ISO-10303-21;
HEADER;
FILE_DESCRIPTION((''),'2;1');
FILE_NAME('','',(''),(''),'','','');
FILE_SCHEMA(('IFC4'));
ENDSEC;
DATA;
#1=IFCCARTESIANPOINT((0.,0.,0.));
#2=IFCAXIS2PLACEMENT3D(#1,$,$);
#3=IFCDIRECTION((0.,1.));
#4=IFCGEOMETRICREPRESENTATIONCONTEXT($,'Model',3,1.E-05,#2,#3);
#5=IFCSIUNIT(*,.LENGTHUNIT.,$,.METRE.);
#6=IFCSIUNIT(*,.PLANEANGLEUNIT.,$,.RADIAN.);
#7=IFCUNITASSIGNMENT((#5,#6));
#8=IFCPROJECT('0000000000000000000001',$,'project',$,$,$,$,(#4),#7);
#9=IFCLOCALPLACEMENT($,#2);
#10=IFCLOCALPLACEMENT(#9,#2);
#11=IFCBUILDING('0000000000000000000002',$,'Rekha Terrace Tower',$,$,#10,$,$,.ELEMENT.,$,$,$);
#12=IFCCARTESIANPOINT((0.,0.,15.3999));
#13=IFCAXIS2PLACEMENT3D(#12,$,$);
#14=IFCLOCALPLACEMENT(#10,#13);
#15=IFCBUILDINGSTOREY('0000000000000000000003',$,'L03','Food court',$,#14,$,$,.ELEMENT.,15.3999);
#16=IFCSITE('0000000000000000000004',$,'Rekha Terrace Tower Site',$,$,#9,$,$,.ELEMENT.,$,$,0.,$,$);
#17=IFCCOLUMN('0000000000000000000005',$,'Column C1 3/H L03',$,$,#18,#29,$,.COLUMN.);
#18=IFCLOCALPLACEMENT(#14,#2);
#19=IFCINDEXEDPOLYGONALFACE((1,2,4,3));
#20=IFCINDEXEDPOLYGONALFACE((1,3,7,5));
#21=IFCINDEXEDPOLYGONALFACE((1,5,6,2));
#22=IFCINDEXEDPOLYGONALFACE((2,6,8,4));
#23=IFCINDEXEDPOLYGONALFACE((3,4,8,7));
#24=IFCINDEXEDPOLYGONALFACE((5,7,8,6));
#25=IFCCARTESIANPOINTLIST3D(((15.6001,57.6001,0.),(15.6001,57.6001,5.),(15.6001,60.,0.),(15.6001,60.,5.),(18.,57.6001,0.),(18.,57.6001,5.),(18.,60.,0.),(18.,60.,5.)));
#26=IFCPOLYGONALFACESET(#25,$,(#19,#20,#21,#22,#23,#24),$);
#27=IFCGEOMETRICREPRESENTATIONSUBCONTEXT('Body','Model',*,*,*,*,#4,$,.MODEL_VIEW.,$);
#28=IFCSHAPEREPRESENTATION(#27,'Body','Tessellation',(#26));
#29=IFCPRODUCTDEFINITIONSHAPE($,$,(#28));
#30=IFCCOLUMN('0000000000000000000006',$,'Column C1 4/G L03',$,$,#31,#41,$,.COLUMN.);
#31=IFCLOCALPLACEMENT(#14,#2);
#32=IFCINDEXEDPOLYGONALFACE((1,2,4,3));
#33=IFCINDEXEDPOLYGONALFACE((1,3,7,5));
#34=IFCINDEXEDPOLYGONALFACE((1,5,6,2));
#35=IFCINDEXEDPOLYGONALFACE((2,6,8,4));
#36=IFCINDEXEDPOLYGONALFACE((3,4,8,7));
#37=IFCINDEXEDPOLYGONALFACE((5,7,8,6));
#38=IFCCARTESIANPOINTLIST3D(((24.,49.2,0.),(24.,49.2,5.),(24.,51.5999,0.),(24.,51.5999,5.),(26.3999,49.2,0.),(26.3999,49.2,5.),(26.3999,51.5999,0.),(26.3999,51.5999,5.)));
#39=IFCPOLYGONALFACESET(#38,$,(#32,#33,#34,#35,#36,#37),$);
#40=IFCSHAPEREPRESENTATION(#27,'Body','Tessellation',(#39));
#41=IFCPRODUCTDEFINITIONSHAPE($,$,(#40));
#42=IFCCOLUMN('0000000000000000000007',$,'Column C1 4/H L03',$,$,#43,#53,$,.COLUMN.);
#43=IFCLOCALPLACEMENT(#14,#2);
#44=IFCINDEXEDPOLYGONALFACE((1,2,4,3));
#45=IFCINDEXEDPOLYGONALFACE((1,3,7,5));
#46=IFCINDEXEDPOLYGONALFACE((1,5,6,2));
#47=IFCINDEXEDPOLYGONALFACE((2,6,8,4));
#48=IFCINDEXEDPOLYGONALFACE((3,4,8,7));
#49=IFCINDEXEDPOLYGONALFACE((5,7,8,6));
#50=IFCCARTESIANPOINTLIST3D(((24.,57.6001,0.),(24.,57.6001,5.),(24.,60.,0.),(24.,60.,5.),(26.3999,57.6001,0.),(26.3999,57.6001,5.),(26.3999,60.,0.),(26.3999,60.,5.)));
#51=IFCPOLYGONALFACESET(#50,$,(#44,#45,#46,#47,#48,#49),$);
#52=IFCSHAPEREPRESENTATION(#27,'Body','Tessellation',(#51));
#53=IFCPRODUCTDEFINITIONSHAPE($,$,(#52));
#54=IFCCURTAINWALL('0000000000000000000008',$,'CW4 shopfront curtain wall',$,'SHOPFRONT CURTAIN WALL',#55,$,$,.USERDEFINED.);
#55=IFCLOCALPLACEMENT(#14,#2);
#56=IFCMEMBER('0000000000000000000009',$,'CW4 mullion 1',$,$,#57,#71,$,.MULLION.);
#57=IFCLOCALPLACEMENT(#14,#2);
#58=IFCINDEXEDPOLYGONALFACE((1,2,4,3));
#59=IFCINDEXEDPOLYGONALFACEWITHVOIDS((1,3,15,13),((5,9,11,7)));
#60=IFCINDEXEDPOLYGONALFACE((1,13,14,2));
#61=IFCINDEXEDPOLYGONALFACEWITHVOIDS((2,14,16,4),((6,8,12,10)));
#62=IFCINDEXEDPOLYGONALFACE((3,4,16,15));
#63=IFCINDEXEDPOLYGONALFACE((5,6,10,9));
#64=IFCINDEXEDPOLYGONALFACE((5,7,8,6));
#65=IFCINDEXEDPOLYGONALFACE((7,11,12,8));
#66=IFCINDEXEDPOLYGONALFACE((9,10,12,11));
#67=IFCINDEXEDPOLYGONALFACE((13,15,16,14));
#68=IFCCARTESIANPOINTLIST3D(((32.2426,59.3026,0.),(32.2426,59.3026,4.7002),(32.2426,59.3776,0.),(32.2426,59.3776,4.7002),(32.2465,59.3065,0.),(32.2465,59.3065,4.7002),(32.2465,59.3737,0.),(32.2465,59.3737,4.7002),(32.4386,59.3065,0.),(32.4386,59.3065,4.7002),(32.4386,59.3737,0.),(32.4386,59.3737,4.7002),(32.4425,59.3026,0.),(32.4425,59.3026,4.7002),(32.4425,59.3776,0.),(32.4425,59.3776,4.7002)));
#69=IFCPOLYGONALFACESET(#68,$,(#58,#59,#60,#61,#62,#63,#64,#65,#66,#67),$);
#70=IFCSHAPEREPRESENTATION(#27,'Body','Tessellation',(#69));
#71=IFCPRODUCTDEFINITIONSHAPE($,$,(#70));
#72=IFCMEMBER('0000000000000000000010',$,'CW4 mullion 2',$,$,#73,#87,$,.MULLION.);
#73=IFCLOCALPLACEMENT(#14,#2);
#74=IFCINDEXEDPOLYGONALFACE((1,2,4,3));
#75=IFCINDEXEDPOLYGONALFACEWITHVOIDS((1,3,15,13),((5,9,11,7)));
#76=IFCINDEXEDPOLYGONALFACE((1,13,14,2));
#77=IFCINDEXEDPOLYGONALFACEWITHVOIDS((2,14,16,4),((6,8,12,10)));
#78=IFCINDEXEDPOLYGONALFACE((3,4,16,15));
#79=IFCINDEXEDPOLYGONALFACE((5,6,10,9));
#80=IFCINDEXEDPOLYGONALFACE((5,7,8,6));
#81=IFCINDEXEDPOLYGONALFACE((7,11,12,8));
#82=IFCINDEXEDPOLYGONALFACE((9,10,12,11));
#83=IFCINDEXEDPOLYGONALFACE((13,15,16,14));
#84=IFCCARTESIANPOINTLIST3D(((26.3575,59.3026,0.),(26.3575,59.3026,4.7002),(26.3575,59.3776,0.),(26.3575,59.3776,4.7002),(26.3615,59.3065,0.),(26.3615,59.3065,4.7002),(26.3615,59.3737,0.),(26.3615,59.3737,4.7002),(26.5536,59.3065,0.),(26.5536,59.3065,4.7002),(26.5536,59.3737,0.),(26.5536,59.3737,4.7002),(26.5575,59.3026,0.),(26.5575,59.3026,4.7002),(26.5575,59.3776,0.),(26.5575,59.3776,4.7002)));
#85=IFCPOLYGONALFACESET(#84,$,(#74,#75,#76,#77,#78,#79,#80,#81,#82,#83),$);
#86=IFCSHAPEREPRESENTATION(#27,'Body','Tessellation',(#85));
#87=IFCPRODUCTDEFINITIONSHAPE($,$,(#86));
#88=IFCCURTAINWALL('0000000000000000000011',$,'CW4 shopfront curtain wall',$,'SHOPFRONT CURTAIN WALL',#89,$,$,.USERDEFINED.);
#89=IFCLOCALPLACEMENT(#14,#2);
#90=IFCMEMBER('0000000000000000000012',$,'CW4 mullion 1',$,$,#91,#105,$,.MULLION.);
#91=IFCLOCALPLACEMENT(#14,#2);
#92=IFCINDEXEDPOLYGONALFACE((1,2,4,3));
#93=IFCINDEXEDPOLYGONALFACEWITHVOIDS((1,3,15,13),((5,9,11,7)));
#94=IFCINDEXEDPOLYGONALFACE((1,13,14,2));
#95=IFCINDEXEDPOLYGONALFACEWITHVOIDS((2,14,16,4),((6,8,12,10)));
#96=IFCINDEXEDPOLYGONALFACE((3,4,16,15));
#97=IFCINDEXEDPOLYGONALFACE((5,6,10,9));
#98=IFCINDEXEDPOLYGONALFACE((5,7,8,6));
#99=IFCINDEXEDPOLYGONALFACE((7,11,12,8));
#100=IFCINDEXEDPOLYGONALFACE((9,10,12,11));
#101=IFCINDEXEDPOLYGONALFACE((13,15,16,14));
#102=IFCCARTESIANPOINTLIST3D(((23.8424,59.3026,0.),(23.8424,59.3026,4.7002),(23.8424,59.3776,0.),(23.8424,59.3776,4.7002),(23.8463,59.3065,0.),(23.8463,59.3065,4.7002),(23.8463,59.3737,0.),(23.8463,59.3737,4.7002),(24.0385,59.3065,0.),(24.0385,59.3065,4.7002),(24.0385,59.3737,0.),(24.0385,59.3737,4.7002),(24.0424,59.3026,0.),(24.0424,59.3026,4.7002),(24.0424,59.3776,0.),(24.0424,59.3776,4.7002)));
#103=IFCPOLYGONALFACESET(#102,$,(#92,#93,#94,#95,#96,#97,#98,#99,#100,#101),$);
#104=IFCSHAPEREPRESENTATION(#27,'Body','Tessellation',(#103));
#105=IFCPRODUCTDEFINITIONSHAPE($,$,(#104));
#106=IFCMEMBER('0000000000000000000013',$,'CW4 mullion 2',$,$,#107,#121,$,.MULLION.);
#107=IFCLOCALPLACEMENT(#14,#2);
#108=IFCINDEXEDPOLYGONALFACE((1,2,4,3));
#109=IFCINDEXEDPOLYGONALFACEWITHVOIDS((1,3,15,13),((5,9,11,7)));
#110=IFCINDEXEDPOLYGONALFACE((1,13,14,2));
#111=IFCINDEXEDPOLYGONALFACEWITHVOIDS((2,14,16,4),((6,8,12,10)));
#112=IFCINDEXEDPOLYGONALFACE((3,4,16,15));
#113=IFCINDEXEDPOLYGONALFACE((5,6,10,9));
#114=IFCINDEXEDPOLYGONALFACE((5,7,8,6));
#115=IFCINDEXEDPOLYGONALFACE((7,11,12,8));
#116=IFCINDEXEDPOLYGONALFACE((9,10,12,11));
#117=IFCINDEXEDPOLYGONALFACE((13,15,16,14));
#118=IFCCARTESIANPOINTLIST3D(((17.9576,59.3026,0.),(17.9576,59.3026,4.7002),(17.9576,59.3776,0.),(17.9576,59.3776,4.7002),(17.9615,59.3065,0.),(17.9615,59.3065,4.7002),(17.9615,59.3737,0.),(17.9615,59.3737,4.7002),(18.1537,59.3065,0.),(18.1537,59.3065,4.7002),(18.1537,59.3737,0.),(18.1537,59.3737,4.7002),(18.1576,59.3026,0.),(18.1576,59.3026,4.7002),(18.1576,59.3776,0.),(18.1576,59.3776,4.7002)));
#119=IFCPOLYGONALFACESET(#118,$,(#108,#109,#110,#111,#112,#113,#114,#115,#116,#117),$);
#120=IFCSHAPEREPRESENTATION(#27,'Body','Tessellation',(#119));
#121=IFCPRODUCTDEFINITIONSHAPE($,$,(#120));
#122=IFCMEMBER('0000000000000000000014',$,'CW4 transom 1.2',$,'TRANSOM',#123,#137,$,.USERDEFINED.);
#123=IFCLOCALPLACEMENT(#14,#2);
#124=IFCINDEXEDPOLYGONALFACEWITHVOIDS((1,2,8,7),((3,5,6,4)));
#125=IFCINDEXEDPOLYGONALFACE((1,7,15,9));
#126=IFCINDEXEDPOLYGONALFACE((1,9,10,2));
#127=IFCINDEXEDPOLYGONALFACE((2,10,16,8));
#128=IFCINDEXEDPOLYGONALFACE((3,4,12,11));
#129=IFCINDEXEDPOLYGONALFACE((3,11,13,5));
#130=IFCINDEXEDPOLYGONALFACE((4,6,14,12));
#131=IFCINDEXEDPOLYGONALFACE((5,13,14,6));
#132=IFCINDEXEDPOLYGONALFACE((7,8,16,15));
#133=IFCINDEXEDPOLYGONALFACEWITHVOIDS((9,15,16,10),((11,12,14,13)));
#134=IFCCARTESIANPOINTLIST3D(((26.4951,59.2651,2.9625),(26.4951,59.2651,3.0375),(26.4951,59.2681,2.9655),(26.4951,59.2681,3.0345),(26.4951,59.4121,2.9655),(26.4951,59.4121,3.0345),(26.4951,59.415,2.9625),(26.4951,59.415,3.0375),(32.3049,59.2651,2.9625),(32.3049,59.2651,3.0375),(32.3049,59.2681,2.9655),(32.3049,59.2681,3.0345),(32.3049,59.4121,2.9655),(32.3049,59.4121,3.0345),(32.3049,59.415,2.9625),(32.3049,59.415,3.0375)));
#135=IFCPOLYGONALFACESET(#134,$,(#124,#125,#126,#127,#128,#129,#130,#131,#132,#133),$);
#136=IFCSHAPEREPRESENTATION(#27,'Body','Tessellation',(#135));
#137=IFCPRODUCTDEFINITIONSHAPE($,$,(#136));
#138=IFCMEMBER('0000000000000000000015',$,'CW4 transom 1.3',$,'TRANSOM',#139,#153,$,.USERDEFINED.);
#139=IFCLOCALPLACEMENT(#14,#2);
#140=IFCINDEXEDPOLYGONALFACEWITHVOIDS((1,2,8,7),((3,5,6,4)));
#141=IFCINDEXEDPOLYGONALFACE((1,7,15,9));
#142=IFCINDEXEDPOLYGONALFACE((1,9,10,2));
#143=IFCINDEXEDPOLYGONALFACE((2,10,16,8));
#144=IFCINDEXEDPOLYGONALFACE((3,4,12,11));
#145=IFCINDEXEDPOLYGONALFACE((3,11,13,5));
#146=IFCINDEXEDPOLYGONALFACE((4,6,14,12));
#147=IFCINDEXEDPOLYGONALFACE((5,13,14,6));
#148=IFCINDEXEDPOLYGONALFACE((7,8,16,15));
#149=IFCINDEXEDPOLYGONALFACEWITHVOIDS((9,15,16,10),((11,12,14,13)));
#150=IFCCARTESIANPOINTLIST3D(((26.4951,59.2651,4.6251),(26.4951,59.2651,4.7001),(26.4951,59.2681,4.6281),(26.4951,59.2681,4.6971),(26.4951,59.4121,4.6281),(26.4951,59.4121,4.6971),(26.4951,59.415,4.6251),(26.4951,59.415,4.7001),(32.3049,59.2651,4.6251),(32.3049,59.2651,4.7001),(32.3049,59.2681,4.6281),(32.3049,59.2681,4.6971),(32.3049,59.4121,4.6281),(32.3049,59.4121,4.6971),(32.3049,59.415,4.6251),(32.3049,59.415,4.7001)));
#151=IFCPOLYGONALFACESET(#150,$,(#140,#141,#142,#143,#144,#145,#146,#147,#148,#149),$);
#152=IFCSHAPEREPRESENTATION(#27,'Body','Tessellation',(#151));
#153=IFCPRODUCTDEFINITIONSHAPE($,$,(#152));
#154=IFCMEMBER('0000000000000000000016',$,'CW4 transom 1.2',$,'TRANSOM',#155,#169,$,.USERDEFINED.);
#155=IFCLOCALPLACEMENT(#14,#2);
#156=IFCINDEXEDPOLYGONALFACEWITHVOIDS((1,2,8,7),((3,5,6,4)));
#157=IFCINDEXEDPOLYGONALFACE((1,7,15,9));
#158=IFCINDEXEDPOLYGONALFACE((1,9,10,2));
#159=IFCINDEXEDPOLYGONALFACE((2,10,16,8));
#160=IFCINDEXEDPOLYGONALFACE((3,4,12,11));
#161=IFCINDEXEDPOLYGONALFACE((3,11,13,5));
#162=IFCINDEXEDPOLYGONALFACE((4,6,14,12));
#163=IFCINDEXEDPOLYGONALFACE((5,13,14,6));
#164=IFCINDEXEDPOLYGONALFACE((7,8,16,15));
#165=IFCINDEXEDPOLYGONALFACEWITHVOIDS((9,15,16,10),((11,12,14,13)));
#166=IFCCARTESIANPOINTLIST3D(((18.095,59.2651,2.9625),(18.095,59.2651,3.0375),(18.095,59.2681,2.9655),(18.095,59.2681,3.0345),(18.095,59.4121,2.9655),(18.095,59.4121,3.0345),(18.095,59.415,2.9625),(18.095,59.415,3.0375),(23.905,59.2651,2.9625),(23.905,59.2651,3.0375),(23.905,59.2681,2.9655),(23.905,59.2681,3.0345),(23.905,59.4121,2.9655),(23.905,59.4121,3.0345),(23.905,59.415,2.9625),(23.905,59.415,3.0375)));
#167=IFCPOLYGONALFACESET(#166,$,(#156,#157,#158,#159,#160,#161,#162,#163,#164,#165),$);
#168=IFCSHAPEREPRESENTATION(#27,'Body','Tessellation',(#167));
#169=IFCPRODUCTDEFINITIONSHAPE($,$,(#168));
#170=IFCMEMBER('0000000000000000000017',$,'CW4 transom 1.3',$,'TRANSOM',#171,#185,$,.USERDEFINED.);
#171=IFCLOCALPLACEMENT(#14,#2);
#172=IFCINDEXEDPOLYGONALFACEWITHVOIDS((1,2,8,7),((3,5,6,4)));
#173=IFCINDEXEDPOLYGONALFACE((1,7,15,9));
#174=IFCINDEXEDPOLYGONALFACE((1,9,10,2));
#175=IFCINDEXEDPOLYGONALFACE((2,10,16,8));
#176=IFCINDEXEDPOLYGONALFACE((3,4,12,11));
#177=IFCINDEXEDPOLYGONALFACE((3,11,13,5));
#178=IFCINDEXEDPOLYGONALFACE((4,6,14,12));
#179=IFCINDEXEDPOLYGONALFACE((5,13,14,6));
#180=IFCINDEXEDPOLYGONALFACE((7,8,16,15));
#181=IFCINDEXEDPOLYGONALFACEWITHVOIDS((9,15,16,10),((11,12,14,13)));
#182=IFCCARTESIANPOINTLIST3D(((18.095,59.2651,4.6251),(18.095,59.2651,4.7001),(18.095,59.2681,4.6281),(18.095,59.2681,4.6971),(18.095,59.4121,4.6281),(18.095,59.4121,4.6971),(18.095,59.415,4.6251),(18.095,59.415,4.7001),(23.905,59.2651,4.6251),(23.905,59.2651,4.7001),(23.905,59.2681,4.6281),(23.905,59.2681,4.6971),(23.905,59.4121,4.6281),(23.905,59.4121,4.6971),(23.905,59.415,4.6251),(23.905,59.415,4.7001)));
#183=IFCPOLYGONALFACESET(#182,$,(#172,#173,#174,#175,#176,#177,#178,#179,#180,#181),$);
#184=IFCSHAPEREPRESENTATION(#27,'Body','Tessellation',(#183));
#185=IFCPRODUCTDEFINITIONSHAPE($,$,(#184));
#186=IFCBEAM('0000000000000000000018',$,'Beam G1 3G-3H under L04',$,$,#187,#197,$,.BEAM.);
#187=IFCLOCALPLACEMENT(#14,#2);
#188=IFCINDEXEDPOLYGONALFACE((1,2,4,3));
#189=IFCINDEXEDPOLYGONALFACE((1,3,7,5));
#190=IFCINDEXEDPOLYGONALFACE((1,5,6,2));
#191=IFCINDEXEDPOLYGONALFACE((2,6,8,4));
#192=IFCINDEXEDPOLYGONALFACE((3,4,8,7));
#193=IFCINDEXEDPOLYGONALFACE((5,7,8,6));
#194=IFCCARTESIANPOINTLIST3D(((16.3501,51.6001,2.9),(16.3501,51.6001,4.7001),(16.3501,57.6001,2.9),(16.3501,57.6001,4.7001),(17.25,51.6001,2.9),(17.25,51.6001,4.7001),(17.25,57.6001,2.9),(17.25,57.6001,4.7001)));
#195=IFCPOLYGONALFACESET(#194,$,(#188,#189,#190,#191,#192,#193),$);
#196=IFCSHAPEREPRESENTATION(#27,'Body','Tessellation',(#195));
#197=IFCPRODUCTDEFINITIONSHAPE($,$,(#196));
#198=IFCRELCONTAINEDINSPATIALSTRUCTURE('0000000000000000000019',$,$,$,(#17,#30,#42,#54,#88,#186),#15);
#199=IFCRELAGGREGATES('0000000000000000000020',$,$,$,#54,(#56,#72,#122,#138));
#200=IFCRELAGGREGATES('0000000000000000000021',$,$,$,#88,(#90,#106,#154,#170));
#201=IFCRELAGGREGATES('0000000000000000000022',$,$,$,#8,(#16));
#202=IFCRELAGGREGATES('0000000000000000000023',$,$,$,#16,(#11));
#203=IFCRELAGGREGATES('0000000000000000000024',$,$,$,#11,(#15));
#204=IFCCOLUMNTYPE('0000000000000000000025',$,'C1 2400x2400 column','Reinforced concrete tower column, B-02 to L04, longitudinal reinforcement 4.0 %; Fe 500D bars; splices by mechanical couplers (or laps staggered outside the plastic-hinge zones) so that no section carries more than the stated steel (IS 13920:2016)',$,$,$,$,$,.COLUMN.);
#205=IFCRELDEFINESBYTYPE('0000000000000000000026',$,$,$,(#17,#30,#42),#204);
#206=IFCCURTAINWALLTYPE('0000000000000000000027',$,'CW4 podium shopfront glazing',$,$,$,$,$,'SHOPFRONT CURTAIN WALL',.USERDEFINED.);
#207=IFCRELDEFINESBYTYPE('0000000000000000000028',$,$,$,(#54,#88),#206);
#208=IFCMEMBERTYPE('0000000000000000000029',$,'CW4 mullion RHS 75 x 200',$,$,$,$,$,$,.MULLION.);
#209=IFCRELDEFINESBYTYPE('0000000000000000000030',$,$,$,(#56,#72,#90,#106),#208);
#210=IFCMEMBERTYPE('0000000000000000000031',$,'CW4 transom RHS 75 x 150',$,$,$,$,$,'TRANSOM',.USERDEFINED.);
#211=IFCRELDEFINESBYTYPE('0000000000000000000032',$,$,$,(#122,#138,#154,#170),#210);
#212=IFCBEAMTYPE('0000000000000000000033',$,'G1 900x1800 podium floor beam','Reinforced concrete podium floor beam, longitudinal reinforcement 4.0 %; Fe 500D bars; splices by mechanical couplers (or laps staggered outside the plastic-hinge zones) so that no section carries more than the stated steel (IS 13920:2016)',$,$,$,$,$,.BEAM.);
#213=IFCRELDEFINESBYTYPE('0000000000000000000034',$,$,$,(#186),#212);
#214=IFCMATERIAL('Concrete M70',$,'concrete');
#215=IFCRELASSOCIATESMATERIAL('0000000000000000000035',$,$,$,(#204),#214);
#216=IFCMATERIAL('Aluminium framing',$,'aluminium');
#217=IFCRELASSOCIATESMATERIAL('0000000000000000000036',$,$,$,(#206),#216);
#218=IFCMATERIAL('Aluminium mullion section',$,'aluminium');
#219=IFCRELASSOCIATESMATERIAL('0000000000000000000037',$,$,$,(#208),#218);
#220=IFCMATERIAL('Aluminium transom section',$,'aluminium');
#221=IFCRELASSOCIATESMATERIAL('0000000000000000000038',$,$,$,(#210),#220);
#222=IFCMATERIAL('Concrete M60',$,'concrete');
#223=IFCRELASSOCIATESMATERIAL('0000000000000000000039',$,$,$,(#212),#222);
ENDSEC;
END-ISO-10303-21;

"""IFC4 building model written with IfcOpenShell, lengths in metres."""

from ifc_helpers import new_model, si_unit, direction, frame, origin, origin_2d, place, context, subcontext, project, spatial, rectangle, hollow_rectangle, extrude, material, material_profile, profile_set, type_object, element, aggregate, save


model = new_model("IFC4")

# Units and contexts
model_context = context("Model", 3, precision=1e-05, world=origin(), true_north=direction((0.0, 1.0)))
body_context = subcontext(model_context, "Body", "Model", "MODEL_VIEW")
ifc_project = project(units=[si_unit("LENGTHUNIT", "METRE"), si_unit("PLANEANGLEUNIT", "RADIAN")], contexts=[model_context])

# Site, building, storey
site_placement = place(None, origin())
site = spatial("IfcSite", under=ifc_project, at=site_placement, Name="Rekha Terrace Tower Site", CompositionType="ELEMENT", RefElevation=0.0)
building_placement = place(site_placement, origin())
building = spatial("IfcBuilding", under=site, at=building_placement, Name="Rekha Terrace Tower", CompositionType="ELEMENT")
storey_placement = place(building_placement, frame((0.0, 0.0, 15.3999)))
storey = spatial("IfcBuildingStorey", under=building, at=storey_placement, Name="L03", Description="Food court", CompositionType="ELEMENT", Elevation=15.3999)

# Columns
ifc_material_1 = material(Name="Concrete M70", Category="concrete")
ifc_material_profile_1 = material_profile(ifc_material_1, rectangle(XDim=2.3999, YDim=2.3999, at=origin_2d()), Name="RC 2400x2400")
ifc_profile_set_1 = profile_set([ifc_material_profile_1], Name="Concrete M70")
column_type = type_object("IfcColumnType", Name="C1 2400x2400 column", Description="Reinforced concrete tower column, B-02 to L04, longitudinal reinforcement 4.0 %; Fe 500D bars; splices by mechanical couplers (or laps staggered outside the plastic-hinge zones) so that no section carries more than the stated steel (IS 13920:2016)", PredefinedType="COLUMN", material=ifc_profile_set_1)
for number, where, z_axis, x_axis, name in (
    (1, (16.8, 58.8, 0.0), (0.0, 0.0, 1.0), (1.0, 0.0, 0.0), "Column C1 3/H L03"),
    (2, (25.2, 50.3999, 0.0), (0.0, 0.0, 1.0), (1.0, 0.0, 0.0), "Column C1 4/G L03"),
    (3, (25.2, 58.8, 0.0), (0.0, 0.0, 1.0), (1.0, 0.0, 0.0), "Column C1 4/H L03"),
):
    element("IfcColumn", number, at=place(storey_placement, frame(where, z_axis=z_axis, x_axis=x_axis)), inside=storey, type_object=column_type, Name=name, PredefinedType="COLUMN", context=body_context, shape_type="SweptSolid", body=[
        extrude(rectangle(XDim=2.3999, YDim=2.3999, at=origin_2d()), origin(), (0.0, 0.0, 1.0), 5.0),
    ])

# Curtain walls, members
ifc_material_2 = material(Name="Aluminium framing", Category="aluminium")
curtain_wall_type = type_object("IfcCurtainWallType", Name="CW4 podium shopfront glazing", ElementType="SHOPFRONT CURTAIN WALL", PredefinedType="USERDEFINED", material=ifc_material_2)
curtain_wall_1_placement = place(storey_placement, origin())
curtain_wall_1 = element("IfcCurtainWall", 4, at=curtain_wall_1_placement, inside=storey, type_object=curtain_wall_type, Name="CW4 shopfront curtain wall", ObjectType="SHOPFRONT CURTAIN WALL", PredefinedType="USERDEFINED")
ifc_material_3 = material(Name="Aluminium mullion section", Category="aluminium")
ifc_material_profile_2 = material_profile(ifc_material_3, hollow_rectangle(XDim=0.075, YDim=0.2, WallThickness=0.0039, at=origin_2d()), Name="AL RHS 75x200")
ifc_profile_set_2 = profile_set([ifc_material_profile_2], Name="Aluminium mullion section")
member_type_1 = type_object("IfcMemberType", Name="CW4 mullion RHS 75 x 200", PredefinedType="MULLION", material=ifc_profile_set_2)
member_1_placement = place(storey_placement, frame((32.3425, 59.3401, 0.0), z_axis=(0.0, 0.0, 1.0), x_axis=(0.0, -1.0, 0.0)))
member_1 = element("IfcMember", 5, at=member_1_placement, type_object=member_type_1, Name="CW4 mullion 1", PredefinedType="MULLION", context=body_context, shape_type="SweptSolid", body=[
    extrude(hollow_rectangle(XDim=0.075, YDim=0.2, WallThickness=0.0039, at=origin_2d()), origin(), (0.0, 0.0, 1.0), 4.7002),
])
member_2_placement = place(storey_placement, frame((26.4575, 59.3401, 0.0), z_axis=(0.0, 0.0, 1.0), x_axis=(0.0, -1.0, 0.0)))
member_2 = element("IfcMember", 6, at=member_2_placement, type_object=member_type_1, Name="CW4 mullion 2", PredefinedType="MULLION", context=body_context, shape_type="SweptSolid", body=[
    extrude(hollow_rectangle(XDim=0.075, YDim=0.2, WallThickness=0.0039, at=origin_2d()), origin(), (0.0, 0.0, 1.0), 4.7002),
])
curtain_wall_2_placement = place(storey_placement, origin())
curtain_wall_2 = element("IfcCurtainWall", 7, at=curtain_wall_2_placement, inside=storey, type_object=curtain_wall_type, Name="CW4 shopfront curtain wall", ObjectType="SHOPFRONT CURTAIN WALL", PredefinedType="USERDEFINED")
member_3_placement = place(storey_placement, frame((23.9424, 59.3401, 0.0), z_axis=(0.0, 0.0, 1.0), x_axis=(0.0, -1.0, 0.0)))
member_3 = element("IfcMember", 8, at=member_3_placement, type_object=member_type_1, Name="CW4 mullion 1", PredefinedType="MULLION", context=body_context, shape_type="SweptSolid", body=[
    extrude(hollow_rectangle(XDim=0.075, YDim=0.2, WallThickness=0.0039, at=origin_2d()), origin(), (0.0, 0.0, 1.0), 4.7002),
])
member_4_placement = place(storey_placement, frame((18.0576, 59.3401, 0.0), z_axis=(0.0, 0.0, 1.0), x_axis=(0.0, -1.0, 0.0)))
member_4 = element("IfcMember", 9, at=member_4_placement, type_object=member_type_1, Name="CW4 mullion 2", PredefinedType="MULLION", context=body_context, shape_type="SweptSolid", body=[
    extrude(hollow_rectangle(XDim=0.075, YDim=0.2, WallThickness=0.0039, at=origin_2d()), origin(), (0.0, 0.0, 1.0), 4.7002),
])

# Members
ifc_material_4 = material(Name="Aluminium transom section", Category="aluminium")
ifc_material_profile_3 = material_profile(ifc_material_4, hollow_rectangle(XDim=0.1499, YDim=0.075, WallThickness=0.0029, at=origin_2d()), Name="AL RHS 150x75")
ifc_profile_set_3 = profile_set([ifc_material_profile_3], Name="Aluminium transom section")
member_type_2 = type_object("IfcMemberType", Name="CW4 transom RHS 75 x 150", ElementType="TRANSOM", PredefinedType="USERDEFINED", material=ifc_profile_set_3)
member_5_placement = place(storey_placement, frame((32.3049, 59.3401, 3.0), z_axis=(-1.0, 0.0, 0.0), x_axis=(0.0, -1.0, 0.0)))
member_5 = element("IfcMember", 10, at=member_5_placement, type_object=member_type_2, Name="CW4 transom 1.2", ObjectType="TRANSOM", PredefinedType="USERDEFINED", context=body_context, shape_type="SweptSolid", body=[
    extrude(hollow_rectangle(XDim=0.1499, YDim=0.075, WallThickness=0.0029, at=origin_2d()), origin(), (0.0, 0.0, 1.0), 5.8098),
])
member_6_placement = place(storey_placement, frame((32.3049, 59.3401, 4.6626), z_axis=(-1.0, 0.0, 0.0), x_axis=(0.0, -1.0, 0.0)))
member_6 = element("IfcMember", 11, at=member_6_placement, type_object=member_type_2, Name="CW4 transom 1.3", ObjectType="TRANSOM", PredefinedType="USERDEFINED", context=body_context, shape_type="SweptSolid", body=[
    extrude(hollow_rectangle(XDim=0.1499, YDim=0.075, WallThickness=0.0029, at=origin_2d()), origin(), (0.0, 0.0, 1.0), 5.8098),
])
member_7_placement = place(storey_placement, frame((23.905, 59.3401, 3.0), z_axis=(-1.0, 0.0, 0.0), x_axis=(0.0, -1.0, 0.0)))
member_7 = element("IfcMember", 12, at=member_7_placement, type_object=member_type_2, Name="CW4 transom 1.2", ObjectType="TRANSOM", PredefinedType="USERDEFINED", context=body_context, shape_type="SweptSolid", body=[
    extrude(hollow_rectangle(XDim=0.1499, YDim=0.075, WallThickness=0.0029, at=origin_2d()), origin(), (0.0, 0.0, 1.0), 5.8101),
])
member_8_placement = place(storey_placement, frame((23.905, 59.3401, 4.6626), z_axis=(-1.0, 0.0, 0.0), x_axis=(0.0, -1.0, 0.0)))
member_8 = element("IfcMember", 13, at=member_8_placement, type_object=member_type_2, Name="CW4 transom 1.3", ObjectType="TRANSOM", PredefinedType="USERDEFINED", context=body_context, shape_type="SweptSolid", body=[
    extrude(hollow_rectangle(XDim=0.1499, YDim=0.075, WallThickness=0.0029, at=origin_2d()), origin(), (0.0, 0.0, 1.0), 5.8101),
])

# Beam
ifc_material_5 = material(Name="Concrete M60", Category="concrete")
ifc_material_profile_4 = material_profile(ifc_material_5, rectangle(XDim=0.8999, YDim=1.8, at=origin_2d()), Name="RC 900x1800")
ifc_profile_set_4 = profile_set([ifc_material_profile_4], Name="Concrete M60")
beam_type = type_object("IfcBeamType", Name="G1 900x1800 podium floor beam", Description="Reinforced concrete podium floor beam, longitudinal reinforcement 4.0 %; Fe 500D bars; splices by mechanical couplers (or laps staggered outside the plastic-hinge zones) so that no section carries more than the stated steel (IS 13920:2016)", PredefinedType="BEAM", material=ifc_profile_set_4)
for number, where, z_axis, x_axis, name in (
    (14, (16.8, 51.6001, 3.8), (0.0, 1.0, 0.0), (-1.0, 0.0, 0.0), "Beam G1 3G-3H under L04"),
):
    element("IfcBeam", number, at=place(storey_placement, frame(where, z_axis=z_axis, x_axis=x_axis)), inside=storey, type_object=beam_type, Name=name, PredefinedType="BEAM", context=body_context, shape_type="SweptSolid", body=[
        extrude(rectangle(XDim=0.8999, YDim=1.8, at=origin_2d()), origin(), (0.0, 0.0, 1.0), 6.0),
    ])

aggregate(curtain_wall_1, [member_1, member_2, member_5, member_6])
aggregate(curtain_wall_2, [member_3, member_4, member_7, member_8])

save(model, "model.ifc")
